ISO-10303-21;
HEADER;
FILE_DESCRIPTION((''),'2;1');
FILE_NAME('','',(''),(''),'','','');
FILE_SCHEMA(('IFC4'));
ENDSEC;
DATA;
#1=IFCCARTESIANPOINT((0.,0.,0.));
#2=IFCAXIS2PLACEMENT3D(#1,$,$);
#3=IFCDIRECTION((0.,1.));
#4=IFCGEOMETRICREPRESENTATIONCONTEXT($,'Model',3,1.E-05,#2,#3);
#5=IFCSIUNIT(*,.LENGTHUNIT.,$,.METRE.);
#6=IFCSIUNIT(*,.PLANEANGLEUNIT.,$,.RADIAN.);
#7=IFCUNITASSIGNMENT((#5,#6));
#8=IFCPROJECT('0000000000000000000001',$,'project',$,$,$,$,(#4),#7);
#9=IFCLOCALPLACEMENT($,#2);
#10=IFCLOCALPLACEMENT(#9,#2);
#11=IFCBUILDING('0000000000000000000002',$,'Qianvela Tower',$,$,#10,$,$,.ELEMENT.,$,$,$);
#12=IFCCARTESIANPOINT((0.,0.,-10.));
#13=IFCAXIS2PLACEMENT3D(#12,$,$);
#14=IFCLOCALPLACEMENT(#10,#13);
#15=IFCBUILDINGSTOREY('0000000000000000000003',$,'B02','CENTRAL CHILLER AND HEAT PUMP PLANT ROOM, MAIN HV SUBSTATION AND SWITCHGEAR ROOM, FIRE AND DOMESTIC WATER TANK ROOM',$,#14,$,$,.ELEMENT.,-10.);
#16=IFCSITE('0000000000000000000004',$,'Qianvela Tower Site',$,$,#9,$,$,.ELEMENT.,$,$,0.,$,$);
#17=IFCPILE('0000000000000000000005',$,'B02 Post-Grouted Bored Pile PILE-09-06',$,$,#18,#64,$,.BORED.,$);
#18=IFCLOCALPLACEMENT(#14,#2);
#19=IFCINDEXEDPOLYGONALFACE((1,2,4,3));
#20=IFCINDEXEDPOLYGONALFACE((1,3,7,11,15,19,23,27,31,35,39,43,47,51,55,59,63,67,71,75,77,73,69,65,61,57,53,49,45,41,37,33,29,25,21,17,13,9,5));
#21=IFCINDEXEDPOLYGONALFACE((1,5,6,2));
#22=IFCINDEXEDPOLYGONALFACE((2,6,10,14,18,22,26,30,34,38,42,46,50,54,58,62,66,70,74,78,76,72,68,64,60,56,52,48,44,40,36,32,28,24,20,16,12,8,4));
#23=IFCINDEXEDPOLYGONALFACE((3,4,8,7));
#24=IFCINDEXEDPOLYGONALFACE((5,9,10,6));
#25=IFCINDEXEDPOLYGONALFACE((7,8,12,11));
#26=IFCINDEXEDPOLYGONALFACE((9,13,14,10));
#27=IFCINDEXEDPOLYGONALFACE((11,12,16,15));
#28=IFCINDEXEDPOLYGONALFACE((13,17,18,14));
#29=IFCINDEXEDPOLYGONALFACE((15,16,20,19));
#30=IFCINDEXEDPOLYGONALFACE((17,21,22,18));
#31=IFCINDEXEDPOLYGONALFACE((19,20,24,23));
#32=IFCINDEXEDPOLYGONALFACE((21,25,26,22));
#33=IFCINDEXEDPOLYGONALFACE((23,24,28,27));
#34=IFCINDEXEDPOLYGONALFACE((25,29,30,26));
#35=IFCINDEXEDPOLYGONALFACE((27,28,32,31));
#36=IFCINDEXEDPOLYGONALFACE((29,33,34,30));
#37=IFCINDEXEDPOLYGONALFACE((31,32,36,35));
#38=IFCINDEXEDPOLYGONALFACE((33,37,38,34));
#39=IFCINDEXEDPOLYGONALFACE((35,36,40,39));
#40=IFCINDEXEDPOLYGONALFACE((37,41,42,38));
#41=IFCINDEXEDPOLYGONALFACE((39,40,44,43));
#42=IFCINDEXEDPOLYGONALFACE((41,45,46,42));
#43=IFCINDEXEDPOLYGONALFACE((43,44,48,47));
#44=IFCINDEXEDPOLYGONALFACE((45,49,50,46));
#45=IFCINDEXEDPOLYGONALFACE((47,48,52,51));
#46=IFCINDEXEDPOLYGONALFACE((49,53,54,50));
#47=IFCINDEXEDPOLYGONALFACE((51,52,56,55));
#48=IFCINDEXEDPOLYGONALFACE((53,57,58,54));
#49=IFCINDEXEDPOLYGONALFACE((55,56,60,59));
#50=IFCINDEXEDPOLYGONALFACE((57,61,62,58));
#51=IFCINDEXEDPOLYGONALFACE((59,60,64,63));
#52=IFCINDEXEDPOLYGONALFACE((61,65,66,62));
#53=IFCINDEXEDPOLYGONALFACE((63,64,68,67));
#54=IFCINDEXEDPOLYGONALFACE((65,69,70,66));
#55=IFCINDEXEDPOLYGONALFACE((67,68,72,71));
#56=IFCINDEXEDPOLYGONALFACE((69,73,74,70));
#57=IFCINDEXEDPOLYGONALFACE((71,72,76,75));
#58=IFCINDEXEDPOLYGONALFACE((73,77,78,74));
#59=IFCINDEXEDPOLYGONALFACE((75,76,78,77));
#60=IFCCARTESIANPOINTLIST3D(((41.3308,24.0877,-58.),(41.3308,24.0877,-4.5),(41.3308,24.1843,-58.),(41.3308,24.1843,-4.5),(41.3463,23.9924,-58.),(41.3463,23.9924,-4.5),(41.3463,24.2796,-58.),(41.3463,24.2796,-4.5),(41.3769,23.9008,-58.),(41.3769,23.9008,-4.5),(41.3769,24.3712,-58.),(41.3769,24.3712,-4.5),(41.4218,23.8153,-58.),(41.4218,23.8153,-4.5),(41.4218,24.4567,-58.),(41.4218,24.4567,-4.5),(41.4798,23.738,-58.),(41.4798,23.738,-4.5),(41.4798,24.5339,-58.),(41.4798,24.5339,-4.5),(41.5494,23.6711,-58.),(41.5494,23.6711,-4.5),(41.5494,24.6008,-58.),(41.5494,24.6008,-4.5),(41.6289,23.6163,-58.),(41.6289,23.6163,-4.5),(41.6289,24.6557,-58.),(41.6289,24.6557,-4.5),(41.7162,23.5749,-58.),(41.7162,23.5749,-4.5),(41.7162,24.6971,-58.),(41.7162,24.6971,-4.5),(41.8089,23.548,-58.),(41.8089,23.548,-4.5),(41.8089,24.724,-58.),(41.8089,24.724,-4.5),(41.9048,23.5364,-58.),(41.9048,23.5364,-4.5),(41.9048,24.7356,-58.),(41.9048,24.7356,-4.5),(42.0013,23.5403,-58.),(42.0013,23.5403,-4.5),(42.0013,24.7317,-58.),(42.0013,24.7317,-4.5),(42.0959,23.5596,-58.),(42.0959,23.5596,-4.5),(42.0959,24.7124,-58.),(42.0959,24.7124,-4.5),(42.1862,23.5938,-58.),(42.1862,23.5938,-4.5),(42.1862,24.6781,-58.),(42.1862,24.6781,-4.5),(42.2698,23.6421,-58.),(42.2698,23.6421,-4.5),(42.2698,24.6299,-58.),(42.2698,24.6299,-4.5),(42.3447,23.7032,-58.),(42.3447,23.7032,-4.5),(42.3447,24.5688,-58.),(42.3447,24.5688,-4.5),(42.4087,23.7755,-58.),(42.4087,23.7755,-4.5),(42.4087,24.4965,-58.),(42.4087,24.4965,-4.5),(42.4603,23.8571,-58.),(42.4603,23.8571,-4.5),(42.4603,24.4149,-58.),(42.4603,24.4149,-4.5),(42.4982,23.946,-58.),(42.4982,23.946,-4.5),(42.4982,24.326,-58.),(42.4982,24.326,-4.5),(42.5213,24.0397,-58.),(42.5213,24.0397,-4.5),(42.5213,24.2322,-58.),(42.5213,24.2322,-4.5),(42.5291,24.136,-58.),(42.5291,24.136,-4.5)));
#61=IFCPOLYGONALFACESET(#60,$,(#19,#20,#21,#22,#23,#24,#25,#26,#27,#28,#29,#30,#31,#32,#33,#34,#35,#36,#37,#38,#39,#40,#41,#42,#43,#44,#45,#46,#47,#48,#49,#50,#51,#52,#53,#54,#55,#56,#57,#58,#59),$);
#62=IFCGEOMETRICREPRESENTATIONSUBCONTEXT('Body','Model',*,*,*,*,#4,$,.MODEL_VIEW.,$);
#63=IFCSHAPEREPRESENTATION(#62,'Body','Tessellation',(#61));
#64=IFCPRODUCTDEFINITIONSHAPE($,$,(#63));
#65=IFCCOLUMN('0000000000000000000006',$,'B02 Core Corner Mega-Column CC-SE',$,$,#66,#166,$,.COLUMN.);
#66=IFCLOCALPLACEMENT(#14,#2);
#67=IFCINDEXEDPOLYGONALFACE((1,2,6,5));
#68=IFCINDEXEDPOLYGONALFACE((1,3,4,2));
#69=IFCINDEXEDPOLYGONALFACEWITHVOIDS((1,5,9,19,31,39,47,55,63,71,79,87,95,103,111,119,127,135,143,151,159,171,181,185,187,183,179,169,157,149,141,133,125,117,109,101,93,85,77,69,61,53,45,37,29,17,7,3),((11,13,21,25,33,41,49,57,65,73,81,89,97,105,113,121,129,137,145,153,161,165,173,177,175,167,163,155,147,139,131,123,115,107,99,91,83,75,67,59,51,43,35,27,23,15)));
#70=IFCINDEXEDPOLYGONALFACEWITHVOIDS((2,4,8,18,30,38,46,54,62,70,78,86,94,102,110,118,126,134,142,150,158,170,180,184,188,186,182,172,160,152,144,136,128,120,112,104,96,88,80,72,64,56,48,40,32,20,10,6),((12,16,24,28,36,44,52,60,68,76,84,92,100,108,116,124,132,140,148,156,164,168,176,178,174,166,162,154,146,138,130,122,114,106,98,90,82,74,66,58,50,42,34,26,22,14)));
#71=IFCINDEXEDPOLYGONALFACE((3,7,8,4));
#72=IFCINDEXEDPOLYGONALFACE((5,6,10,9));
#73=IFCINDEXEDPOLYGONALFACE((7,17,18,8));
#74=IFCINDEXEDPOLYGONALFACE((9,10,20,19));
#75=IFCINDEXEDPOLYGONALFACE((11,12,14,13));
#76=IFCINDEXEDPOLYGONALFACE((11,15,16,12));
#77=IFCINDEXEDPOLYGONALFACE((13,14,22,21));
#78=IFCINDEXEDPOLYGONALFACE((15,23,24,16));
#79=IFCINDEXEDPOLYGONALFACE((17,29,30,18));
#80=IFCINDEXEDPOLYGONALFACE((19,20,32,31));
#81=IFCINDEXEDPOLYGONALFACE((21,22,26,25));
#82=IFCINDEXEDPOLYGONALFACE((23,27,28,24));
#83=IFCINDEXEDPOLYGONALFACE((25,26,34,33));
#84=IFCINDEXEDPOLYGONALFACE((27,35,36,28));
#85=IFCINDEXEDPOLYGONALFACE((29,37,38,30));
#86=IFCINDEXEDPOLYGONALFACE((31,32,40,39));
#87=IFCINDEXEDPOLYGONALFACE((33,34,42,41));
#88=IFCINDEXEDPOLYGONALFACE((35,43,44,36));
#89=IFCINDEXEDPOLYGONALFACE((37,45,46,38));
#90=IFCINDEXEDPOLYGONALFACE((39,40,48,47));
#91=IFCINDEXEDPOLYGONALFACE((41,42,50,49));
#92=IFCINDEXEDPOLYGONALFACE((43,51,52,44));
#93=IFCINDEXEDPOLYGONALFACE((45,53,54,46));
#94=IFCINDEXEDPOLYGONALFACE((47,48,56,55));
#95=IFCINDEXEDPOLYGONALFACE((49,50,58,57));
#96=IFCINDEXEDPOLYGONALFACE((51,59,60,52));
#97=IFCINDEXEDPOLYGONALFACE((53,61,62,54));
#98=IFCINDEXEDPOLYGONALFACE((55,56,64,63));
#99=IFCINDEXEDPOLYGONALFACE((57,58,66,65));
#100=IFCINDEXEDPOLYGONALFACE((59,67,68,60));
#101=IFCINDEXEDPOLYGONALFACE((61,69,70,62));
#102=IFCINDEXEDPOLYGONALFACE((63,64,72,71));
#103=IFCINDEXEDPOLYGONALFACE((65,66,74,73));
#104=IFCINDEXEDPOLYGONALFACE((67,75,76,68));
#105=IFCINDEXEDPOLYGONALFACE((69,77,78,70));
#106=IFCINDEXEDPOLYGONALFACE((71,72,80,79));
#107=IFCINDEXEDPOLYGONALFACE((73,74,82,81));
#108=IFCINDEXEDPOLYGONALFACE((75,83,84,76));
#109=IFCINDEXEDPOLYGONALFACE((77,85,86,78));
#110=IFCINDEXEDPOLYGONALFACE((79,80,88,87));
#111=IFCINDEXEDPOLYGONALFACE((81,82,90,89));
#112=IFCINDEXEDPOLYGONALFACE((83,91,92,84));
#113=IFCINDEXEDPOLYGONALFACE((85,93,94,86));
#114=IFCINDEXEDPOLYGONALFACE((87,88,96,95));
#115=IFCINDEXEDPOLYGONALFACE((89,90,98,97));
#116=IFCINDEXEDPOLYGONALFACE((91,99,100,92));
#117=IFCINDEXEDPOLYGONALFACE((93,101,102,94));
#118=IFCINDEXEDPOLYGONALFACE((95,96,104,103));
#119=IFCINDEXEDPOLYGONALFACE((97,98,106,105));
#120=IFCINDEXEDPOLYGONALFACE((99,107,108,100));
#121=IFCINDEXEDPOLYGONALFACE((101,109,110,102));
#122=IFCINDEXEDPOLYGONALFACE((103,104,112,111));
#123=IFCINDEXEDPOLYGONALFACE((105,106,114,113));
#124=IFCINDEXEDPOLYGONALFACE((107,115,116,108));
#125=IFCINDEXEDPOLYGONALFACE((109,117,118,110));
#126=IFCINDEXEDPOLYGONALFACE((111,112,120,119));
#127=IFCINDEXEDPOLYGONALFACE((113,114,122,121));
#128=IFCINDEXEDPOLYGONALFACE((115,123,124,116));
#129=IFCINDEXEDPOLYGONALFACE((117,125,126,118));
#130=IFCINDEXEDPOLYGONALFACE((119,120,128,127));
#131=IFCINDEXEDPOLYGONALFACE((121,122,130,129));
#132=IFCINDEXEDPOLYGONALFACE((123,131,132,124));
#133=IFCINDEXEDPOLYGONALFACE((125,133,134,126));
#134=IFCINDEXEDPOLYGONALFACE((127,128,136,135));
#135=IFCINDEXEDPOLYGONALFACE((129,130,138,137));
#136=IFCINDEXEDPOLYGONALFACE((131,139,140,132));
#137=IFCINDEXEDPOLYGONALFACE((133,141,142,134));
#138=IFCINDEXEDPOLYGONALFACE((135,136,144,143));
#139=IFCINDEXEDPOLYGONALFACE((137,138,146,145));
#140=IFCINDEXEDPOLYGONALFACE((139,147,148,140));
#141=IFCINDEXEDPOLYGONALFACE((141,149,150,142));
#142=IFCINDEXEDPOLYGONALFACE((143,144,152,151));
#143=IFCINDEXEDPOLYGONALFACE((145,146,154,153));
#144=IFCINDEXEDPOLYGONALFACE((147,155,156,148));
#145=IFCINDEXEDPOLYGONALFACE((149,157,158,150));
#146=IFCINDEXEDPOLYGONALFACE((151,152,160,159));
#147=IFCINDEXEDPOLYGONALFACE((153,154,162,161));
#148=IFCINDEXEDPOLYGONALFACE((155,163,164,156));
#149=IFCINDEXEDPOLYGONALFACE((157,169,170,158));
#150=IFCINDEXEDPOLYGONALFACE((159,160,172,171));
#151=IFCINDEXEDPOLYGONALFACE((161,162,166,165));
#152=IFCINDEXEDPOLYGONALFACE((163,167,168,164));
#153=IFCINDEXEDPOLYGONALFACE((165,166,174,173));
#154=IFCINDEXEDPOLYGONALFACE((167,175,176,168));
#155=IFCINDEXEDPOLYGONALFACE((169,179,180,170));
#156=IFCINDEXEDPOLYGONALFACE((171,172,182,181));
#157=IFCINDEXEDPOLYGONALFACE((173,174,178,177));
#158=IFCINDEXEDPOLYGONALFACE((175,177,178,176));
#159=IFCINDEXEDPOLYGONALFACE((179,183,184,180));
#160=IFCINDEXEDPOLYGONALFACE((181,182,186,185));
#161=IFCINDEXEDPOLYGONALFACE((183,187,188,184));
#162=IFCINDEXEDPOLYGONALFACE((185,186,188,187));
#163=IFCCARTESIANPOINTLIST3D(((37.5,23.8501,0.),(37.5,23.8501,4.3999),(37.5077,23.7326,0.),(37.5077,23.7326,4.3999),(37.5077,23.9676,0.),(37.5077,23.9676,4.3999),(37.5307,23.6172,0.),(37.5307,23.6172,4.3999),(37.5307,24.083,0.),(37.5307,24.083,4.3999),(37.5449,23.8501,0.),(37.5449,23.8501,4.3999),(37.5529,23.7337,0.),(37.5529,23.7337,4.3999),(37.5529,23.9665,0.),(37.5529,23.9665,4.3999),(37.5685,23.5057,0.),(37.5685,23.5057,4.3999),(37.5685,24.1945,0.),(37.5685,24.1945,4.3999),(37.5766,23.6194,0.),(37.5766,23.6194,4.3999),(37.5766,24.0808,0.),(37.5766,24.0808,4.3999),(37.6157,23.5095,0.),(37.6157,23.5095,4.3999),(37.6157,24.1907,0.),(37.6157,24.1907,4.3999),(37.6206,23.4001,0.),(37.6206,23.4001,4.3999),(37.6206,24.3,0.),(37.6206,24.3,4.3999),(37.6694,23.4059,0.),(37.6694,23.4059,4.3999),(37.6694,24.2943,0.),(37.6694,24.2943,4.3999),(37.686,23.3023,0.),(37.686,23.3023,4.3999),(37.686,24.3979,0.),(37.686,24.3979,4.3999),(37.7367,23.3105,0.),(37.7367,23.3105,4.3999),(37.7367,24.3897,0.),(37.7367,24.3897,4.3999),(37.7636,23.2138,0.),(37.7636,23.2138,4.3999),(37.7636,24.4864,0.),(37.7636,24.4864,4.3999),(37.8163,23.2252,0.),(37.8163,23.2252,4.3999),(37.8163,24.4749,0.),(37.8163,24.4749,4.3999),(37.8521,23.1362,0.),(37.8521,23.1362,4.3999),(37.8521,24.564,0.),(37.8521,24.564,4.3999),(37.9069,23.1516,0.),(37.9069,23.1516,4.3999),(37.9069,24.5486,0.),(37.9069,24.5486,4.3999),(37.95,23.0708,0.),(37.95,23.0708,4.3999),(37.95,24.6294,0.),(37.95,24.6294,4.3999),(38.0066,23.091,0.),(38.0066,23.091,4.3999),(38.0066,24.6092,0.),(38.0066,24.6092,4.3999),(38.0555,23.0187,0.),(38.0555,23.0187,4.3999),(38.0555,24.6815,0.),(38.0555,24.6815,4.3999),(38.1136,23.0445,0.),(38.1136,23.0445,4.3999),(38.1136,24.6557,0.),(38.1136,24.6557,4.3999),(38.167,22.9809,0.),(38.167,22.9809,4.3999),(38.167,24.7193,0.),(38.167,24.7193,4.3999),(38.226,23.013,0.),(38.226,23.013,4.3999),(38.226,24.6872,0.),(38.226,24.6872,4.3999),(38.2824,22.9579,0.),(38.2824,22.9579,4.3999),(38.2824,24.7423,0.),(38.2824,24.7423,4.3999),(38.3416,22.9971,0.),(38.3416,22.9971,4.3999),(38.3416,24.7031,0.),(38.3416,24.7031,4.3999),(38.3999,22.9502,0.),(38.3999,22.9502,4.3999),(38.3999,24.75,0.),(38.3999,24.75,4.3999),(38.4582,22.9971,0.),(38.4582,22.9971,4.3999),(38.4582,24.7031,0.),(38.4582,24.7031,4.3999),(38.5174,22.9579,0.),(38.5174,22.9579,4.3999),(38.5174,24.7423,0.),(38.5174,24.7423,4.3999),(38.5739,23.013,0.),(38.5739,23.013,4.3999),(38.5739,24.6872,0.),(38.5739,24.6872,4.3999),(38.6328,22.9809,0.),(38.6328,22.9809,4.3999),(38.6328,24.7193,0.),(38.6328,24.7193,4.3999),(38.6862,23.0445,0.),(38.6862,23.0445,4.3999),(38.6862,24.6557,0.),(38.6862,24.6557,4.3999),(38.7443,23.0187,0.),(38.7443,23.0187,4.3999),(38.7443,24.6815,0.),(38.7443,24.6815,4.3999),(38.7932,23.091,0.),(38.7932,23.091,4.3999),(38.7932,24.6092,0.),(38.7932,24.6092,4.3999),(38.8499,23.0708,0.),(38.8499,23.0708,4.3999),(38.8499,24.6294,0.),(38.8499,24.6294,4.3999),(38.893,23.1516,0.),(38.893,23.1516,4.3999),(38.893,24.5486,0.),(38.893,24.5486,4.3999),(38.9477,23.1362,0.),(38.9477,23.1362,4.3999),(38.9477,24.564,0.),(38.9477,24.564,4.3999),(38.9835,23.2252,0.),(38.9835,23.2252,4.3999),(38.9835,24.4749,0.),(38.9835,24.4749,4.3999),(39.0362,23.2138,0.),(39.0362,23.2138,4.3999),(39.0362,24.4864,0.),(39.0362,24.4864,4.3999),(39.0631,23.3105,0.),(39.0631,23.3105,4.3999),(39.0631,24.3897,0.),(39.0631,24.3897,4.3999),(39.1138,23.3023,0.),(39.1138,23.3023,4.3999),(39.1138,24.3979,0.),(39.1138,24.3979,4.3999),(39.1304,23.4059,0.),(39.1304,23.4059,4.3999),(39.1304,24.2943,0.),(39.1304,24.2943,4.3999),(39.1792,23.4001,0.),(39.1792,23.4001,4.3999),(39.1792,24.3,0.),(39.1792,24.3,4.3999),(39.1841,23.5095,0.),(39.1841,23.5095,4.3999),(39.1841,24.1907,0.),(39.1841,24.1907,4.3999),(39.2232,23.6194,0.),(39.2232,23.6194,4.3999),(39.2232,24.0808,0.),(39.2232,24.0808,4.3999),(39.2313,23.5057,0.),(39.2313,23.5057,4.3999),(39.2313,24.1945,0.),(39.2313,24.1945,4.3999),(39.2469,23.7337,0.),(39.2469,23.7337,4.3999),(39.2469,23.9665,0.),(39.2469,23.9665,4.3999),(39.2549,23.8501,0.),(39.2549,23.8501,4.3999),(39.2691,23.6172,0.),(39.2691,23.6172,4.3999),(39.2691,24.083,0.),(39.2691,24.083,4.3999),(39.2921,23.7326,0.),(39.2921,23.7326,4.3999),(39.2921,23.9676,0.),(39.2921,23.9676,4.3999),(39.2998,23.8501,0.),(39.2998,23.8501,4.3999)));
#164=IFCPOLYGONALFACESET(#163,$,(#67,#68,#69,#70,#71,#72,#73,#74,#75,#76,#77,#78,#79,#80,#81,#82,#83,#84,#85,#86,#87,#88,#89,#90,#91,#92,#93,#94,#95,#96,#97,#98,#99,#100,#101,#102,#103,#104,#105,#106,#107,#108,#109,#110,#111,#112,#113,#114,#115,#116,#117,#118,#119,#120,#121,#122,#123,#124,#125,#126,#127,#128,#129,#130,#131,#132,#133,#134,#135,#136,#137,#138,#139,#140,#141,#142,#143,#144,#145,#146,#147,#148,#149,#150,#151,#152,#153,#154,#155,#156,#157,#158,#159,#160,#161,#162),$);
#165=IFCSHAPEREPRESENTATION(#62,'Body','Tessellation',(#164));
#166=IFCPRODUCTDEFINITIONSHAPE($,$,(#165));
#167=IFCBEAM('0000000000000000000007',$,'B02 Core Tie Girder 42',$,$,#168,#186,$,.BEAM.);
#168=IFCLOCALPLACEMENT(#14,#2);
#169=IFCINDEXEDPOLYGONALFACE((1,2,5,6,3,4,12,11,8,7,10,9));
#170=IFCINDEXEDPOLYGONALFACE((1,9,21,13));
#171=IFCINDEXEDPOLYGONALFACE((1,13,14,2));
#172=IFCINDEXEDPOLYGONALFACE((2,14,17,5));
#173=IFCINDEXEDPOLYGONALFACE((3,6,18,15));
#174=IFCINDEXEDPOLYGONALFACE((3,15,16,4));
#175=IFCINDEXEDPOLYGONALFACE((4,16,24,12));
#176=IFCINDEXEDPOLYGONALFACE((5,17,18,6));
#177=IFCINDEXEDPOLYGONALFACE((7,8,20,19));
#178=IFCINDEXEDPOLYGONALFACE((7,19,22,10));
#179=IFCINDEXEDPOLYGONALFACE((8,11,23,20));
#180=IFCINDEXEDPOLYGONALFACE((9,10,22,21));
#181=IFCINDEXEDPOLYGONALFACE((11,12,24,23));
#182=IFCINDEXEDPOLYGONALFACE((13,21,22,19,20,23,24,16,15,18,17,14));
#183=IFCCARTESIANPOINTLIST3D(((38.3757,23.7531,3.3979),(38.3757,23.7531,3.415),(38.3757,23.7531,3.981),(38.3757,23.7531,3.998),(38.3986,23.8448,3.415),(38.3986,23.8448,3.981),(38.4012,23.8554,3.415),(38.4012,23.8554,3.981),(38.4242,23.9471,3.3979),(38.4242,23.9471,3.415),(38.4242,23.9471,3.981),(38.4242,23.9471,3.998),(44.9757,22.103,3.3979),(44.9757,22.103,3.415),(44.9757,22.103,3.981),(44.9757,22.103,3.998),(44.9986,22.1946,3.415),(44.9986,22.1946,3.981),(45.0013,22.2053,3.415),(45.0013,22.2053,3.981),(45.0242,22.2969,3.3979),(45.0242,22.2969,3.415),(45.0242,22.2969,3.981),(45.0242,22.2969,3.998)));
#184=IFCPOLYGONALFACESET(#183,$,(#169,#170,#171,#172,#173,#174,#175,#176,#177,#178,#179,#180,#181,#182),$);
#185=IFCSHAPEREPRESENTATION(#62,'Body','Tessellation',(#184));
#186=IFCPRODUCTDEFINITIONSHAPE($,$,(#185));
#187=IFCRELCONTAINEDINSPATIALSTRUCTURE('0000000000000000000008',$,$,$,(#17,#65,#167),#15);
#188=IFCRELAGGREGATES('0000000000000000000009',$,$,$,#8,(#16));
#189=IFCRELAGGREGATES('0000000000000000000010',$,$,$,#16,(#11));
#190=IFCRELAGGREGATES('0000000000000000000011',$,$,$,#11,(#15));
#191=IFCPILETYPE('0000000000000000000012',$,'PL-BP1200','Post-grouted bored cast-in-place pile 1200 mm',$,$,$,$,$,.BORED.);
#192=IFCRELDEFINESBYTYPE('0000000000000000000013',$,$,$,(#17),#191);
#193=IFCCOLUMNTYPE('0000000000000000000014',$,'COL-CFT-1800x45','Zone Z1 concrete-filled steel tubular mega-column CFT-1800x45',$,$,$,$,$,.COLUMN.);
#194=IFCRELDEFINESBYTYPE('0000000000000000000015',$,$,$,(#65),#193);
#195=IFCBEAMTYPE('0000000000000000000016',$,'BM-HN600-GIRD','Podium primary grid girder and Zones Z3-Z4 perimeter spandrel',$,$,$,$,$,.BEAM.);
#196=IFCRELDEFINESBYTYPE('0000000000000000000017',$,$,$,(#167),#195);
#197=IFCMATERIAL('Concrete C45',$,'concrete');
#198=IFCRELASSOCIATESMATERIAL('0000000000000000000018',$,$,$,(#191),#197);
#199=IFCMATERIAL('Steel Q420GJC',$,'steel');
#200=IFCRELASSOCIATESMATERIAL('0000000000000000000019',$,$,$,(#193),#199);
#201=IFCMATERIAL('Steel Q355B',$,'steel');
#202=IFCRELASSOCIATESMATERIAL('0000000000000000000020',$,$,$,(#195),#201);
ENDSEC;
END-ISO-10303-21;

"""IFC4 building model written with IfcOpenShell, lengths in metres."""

from ifc_helpers import new_model, si_unit, direction, frame, origin, origin_2d, place, context, subcontext, project, spatial, circle, hollow_circle, i_section, extrude, material, material_profile, profile_set, type_object, element, save


model = new_model("IFC4")

# Units and contexts
model_context = context("Model", 3, precision=1e-05, world=origin(), true_north=direction((0.0, 1.0)))
body_context = subcontext(model_context, "Body", "Model", "MODEL_VIEW")
ifc_project = project(units=[si_unit("LENGTHUNIT", "METRE"), si_unit("PLANEANGLEUNIT", "RADIAN")], contexts=[model_context])

# Site, building, storey
site_placement = place(None, origin())
site = spatial("IfcSite", under=ifc_project, at=site_placement, Name="Qianvela Tower Site", CompositionType="ELEMENT", RefElevation=0.0)
building_placement = place(site_placement, origin())
building = spatial("IfcBuilding", under=site, at=building_placement, Name="Qianvela Tower", CompositionType="ELEMENT")
storey_placement = place(building_placement, frame((0.0, 0.0, -10.0)))
storey = spatial("IfcBuildingStorey", under=building, at=storey_placement, Name="B02", Description="CENTRAL CHILLER AND HEAT PUMP PLANT ROOM, MAIN HV SUBSTATION AND SWITCHGEAR ROOM, FIRE AND DOMESTIC WATER TANK ROOM", CompositionType="ELEMENT", Elevation=-10.0)

# Pile
ifc_material_1 = material(Name="Concrete C45", Category="concrete")
ifc_material_profile_1 = material_profile(ifc_material_1, circle(Radius=0.6001, at=origin_2d()), Name="BP-1200")
ifc_profile_set_1 = profile_set([ifc_material_profile_1], Name="Concrete C45")
pile_type = type_object("IfcPileType", Name="PL-BP1200", Description="Post-grouted bored cast-in-place pile 1200 mm", PredefinedType="BORED", material=ifc_profile_set_1)
for number, where, z_axis, x_axis, name in (
    (1, (41.929, 24.136, -4.5), (0.0, 0.0, -1.0), (1.0, 0.0, 0.0), "B02 Post-Grouted Bored Pile PILE-09-06"),
):
    element("IfcPile", number, at=place(storey_placement, frame(where, z_axis=z_axis, x_axis=x_axis)), inside=storey, type_object=pile_type, Name=name, PredefinedType="BORED", context=body_context, shape_type="SweptSolid", body=[
        extrude(circle(Radius=0.6001, at=origin_2d()), origin(), (0.0, 0.0, 1.0), 53.5),
    ])

# Column
ifc_material_2 = material(Name="Steel Q420GJC", Category="steel")
ifc_material_profile_2 = material_profile(ifc_material_2, hollow_circle(Radius=0.8999, WallThickness=0.0449, at=origin_2d()), Name="CFT-1800x45")
ifc_profile_set_2 = profile_set([ifc_material_profile_2], Name="Steel Q420GJC")
column_type = type_object("IfcColumnType", Name="COL-CFT-1800x45", Description="Zone Z1 concrete-filled steel tubular mega-column CFT-1800x45", PredefinedType="COLUMN", material=ifc_profile_set_2)
column_placement = place(storey_placement, frame((38.3999, 23.8501, 0.0), z_axis=(0.0, 0.0, 1.0), x_axis=(1.0, 0.0, 0.0)))
element("IfcColumn", 2, at=column_placement, inside=storey, type_object=column_type, Name="B02 Core Corner Mega-Column CC-SE", PredefinedType="COLUMN", context=body_context, shape_type="SweptSolid", body=[
    extrude(hollow_circle(Radius=0.8999, WallThickness=0.0449, at=origin_2d()), origin(), (0.0, 0.0, 1.0), 4.3999),
])

# Beam
ifc_material_3 = material(Name="Steel Q355B", Category="steel")
ifc_material_profile_3 = material_profile(ifc_material_3, i_section(OverallWidth=0.2, OverallDepth=0.6001, WebThickness=0.011, FlangeThickness=0.0171, at=origin_2d()), Name="HN600x200x11x17")
ifc_profile_set_3 = profile_set([ifc_material_profile_3], Name="Steel Q355B")
beam_type = type_object("IfcBeamType", Name="BM-HN600-GIRD", Description="Podium primary grid girder and Zones Z3-Z4 perimeter spandrel", PredefinedType="BEAM", material=ifc_profile_set_3)
beam_1_placement = place(storey_placement, frame((38.3999, 23.8501, 3.698), z_axis=(0.970138, -0.242553, 0.0), x_axis=(0.242553, 0.970138, 0.0)))
element("IfcBeam", 3, at=beam_1_placement, inside=storey, type_object=beam_type, Name="B02 Core Tie Girder 42", PredefinedType="BEAM", context=body_context, shape_type="SweptSolid", body=[
    extrude(i_section(OverallWidth=0.2, OverallDepth=0.6001, WebThickness=0.011, FlangeThickness=0.0171, at=origin_2d()), origin(), (0.0, 0.0, 1.0), 6.8032),
])

save(model, "model.ifc")
